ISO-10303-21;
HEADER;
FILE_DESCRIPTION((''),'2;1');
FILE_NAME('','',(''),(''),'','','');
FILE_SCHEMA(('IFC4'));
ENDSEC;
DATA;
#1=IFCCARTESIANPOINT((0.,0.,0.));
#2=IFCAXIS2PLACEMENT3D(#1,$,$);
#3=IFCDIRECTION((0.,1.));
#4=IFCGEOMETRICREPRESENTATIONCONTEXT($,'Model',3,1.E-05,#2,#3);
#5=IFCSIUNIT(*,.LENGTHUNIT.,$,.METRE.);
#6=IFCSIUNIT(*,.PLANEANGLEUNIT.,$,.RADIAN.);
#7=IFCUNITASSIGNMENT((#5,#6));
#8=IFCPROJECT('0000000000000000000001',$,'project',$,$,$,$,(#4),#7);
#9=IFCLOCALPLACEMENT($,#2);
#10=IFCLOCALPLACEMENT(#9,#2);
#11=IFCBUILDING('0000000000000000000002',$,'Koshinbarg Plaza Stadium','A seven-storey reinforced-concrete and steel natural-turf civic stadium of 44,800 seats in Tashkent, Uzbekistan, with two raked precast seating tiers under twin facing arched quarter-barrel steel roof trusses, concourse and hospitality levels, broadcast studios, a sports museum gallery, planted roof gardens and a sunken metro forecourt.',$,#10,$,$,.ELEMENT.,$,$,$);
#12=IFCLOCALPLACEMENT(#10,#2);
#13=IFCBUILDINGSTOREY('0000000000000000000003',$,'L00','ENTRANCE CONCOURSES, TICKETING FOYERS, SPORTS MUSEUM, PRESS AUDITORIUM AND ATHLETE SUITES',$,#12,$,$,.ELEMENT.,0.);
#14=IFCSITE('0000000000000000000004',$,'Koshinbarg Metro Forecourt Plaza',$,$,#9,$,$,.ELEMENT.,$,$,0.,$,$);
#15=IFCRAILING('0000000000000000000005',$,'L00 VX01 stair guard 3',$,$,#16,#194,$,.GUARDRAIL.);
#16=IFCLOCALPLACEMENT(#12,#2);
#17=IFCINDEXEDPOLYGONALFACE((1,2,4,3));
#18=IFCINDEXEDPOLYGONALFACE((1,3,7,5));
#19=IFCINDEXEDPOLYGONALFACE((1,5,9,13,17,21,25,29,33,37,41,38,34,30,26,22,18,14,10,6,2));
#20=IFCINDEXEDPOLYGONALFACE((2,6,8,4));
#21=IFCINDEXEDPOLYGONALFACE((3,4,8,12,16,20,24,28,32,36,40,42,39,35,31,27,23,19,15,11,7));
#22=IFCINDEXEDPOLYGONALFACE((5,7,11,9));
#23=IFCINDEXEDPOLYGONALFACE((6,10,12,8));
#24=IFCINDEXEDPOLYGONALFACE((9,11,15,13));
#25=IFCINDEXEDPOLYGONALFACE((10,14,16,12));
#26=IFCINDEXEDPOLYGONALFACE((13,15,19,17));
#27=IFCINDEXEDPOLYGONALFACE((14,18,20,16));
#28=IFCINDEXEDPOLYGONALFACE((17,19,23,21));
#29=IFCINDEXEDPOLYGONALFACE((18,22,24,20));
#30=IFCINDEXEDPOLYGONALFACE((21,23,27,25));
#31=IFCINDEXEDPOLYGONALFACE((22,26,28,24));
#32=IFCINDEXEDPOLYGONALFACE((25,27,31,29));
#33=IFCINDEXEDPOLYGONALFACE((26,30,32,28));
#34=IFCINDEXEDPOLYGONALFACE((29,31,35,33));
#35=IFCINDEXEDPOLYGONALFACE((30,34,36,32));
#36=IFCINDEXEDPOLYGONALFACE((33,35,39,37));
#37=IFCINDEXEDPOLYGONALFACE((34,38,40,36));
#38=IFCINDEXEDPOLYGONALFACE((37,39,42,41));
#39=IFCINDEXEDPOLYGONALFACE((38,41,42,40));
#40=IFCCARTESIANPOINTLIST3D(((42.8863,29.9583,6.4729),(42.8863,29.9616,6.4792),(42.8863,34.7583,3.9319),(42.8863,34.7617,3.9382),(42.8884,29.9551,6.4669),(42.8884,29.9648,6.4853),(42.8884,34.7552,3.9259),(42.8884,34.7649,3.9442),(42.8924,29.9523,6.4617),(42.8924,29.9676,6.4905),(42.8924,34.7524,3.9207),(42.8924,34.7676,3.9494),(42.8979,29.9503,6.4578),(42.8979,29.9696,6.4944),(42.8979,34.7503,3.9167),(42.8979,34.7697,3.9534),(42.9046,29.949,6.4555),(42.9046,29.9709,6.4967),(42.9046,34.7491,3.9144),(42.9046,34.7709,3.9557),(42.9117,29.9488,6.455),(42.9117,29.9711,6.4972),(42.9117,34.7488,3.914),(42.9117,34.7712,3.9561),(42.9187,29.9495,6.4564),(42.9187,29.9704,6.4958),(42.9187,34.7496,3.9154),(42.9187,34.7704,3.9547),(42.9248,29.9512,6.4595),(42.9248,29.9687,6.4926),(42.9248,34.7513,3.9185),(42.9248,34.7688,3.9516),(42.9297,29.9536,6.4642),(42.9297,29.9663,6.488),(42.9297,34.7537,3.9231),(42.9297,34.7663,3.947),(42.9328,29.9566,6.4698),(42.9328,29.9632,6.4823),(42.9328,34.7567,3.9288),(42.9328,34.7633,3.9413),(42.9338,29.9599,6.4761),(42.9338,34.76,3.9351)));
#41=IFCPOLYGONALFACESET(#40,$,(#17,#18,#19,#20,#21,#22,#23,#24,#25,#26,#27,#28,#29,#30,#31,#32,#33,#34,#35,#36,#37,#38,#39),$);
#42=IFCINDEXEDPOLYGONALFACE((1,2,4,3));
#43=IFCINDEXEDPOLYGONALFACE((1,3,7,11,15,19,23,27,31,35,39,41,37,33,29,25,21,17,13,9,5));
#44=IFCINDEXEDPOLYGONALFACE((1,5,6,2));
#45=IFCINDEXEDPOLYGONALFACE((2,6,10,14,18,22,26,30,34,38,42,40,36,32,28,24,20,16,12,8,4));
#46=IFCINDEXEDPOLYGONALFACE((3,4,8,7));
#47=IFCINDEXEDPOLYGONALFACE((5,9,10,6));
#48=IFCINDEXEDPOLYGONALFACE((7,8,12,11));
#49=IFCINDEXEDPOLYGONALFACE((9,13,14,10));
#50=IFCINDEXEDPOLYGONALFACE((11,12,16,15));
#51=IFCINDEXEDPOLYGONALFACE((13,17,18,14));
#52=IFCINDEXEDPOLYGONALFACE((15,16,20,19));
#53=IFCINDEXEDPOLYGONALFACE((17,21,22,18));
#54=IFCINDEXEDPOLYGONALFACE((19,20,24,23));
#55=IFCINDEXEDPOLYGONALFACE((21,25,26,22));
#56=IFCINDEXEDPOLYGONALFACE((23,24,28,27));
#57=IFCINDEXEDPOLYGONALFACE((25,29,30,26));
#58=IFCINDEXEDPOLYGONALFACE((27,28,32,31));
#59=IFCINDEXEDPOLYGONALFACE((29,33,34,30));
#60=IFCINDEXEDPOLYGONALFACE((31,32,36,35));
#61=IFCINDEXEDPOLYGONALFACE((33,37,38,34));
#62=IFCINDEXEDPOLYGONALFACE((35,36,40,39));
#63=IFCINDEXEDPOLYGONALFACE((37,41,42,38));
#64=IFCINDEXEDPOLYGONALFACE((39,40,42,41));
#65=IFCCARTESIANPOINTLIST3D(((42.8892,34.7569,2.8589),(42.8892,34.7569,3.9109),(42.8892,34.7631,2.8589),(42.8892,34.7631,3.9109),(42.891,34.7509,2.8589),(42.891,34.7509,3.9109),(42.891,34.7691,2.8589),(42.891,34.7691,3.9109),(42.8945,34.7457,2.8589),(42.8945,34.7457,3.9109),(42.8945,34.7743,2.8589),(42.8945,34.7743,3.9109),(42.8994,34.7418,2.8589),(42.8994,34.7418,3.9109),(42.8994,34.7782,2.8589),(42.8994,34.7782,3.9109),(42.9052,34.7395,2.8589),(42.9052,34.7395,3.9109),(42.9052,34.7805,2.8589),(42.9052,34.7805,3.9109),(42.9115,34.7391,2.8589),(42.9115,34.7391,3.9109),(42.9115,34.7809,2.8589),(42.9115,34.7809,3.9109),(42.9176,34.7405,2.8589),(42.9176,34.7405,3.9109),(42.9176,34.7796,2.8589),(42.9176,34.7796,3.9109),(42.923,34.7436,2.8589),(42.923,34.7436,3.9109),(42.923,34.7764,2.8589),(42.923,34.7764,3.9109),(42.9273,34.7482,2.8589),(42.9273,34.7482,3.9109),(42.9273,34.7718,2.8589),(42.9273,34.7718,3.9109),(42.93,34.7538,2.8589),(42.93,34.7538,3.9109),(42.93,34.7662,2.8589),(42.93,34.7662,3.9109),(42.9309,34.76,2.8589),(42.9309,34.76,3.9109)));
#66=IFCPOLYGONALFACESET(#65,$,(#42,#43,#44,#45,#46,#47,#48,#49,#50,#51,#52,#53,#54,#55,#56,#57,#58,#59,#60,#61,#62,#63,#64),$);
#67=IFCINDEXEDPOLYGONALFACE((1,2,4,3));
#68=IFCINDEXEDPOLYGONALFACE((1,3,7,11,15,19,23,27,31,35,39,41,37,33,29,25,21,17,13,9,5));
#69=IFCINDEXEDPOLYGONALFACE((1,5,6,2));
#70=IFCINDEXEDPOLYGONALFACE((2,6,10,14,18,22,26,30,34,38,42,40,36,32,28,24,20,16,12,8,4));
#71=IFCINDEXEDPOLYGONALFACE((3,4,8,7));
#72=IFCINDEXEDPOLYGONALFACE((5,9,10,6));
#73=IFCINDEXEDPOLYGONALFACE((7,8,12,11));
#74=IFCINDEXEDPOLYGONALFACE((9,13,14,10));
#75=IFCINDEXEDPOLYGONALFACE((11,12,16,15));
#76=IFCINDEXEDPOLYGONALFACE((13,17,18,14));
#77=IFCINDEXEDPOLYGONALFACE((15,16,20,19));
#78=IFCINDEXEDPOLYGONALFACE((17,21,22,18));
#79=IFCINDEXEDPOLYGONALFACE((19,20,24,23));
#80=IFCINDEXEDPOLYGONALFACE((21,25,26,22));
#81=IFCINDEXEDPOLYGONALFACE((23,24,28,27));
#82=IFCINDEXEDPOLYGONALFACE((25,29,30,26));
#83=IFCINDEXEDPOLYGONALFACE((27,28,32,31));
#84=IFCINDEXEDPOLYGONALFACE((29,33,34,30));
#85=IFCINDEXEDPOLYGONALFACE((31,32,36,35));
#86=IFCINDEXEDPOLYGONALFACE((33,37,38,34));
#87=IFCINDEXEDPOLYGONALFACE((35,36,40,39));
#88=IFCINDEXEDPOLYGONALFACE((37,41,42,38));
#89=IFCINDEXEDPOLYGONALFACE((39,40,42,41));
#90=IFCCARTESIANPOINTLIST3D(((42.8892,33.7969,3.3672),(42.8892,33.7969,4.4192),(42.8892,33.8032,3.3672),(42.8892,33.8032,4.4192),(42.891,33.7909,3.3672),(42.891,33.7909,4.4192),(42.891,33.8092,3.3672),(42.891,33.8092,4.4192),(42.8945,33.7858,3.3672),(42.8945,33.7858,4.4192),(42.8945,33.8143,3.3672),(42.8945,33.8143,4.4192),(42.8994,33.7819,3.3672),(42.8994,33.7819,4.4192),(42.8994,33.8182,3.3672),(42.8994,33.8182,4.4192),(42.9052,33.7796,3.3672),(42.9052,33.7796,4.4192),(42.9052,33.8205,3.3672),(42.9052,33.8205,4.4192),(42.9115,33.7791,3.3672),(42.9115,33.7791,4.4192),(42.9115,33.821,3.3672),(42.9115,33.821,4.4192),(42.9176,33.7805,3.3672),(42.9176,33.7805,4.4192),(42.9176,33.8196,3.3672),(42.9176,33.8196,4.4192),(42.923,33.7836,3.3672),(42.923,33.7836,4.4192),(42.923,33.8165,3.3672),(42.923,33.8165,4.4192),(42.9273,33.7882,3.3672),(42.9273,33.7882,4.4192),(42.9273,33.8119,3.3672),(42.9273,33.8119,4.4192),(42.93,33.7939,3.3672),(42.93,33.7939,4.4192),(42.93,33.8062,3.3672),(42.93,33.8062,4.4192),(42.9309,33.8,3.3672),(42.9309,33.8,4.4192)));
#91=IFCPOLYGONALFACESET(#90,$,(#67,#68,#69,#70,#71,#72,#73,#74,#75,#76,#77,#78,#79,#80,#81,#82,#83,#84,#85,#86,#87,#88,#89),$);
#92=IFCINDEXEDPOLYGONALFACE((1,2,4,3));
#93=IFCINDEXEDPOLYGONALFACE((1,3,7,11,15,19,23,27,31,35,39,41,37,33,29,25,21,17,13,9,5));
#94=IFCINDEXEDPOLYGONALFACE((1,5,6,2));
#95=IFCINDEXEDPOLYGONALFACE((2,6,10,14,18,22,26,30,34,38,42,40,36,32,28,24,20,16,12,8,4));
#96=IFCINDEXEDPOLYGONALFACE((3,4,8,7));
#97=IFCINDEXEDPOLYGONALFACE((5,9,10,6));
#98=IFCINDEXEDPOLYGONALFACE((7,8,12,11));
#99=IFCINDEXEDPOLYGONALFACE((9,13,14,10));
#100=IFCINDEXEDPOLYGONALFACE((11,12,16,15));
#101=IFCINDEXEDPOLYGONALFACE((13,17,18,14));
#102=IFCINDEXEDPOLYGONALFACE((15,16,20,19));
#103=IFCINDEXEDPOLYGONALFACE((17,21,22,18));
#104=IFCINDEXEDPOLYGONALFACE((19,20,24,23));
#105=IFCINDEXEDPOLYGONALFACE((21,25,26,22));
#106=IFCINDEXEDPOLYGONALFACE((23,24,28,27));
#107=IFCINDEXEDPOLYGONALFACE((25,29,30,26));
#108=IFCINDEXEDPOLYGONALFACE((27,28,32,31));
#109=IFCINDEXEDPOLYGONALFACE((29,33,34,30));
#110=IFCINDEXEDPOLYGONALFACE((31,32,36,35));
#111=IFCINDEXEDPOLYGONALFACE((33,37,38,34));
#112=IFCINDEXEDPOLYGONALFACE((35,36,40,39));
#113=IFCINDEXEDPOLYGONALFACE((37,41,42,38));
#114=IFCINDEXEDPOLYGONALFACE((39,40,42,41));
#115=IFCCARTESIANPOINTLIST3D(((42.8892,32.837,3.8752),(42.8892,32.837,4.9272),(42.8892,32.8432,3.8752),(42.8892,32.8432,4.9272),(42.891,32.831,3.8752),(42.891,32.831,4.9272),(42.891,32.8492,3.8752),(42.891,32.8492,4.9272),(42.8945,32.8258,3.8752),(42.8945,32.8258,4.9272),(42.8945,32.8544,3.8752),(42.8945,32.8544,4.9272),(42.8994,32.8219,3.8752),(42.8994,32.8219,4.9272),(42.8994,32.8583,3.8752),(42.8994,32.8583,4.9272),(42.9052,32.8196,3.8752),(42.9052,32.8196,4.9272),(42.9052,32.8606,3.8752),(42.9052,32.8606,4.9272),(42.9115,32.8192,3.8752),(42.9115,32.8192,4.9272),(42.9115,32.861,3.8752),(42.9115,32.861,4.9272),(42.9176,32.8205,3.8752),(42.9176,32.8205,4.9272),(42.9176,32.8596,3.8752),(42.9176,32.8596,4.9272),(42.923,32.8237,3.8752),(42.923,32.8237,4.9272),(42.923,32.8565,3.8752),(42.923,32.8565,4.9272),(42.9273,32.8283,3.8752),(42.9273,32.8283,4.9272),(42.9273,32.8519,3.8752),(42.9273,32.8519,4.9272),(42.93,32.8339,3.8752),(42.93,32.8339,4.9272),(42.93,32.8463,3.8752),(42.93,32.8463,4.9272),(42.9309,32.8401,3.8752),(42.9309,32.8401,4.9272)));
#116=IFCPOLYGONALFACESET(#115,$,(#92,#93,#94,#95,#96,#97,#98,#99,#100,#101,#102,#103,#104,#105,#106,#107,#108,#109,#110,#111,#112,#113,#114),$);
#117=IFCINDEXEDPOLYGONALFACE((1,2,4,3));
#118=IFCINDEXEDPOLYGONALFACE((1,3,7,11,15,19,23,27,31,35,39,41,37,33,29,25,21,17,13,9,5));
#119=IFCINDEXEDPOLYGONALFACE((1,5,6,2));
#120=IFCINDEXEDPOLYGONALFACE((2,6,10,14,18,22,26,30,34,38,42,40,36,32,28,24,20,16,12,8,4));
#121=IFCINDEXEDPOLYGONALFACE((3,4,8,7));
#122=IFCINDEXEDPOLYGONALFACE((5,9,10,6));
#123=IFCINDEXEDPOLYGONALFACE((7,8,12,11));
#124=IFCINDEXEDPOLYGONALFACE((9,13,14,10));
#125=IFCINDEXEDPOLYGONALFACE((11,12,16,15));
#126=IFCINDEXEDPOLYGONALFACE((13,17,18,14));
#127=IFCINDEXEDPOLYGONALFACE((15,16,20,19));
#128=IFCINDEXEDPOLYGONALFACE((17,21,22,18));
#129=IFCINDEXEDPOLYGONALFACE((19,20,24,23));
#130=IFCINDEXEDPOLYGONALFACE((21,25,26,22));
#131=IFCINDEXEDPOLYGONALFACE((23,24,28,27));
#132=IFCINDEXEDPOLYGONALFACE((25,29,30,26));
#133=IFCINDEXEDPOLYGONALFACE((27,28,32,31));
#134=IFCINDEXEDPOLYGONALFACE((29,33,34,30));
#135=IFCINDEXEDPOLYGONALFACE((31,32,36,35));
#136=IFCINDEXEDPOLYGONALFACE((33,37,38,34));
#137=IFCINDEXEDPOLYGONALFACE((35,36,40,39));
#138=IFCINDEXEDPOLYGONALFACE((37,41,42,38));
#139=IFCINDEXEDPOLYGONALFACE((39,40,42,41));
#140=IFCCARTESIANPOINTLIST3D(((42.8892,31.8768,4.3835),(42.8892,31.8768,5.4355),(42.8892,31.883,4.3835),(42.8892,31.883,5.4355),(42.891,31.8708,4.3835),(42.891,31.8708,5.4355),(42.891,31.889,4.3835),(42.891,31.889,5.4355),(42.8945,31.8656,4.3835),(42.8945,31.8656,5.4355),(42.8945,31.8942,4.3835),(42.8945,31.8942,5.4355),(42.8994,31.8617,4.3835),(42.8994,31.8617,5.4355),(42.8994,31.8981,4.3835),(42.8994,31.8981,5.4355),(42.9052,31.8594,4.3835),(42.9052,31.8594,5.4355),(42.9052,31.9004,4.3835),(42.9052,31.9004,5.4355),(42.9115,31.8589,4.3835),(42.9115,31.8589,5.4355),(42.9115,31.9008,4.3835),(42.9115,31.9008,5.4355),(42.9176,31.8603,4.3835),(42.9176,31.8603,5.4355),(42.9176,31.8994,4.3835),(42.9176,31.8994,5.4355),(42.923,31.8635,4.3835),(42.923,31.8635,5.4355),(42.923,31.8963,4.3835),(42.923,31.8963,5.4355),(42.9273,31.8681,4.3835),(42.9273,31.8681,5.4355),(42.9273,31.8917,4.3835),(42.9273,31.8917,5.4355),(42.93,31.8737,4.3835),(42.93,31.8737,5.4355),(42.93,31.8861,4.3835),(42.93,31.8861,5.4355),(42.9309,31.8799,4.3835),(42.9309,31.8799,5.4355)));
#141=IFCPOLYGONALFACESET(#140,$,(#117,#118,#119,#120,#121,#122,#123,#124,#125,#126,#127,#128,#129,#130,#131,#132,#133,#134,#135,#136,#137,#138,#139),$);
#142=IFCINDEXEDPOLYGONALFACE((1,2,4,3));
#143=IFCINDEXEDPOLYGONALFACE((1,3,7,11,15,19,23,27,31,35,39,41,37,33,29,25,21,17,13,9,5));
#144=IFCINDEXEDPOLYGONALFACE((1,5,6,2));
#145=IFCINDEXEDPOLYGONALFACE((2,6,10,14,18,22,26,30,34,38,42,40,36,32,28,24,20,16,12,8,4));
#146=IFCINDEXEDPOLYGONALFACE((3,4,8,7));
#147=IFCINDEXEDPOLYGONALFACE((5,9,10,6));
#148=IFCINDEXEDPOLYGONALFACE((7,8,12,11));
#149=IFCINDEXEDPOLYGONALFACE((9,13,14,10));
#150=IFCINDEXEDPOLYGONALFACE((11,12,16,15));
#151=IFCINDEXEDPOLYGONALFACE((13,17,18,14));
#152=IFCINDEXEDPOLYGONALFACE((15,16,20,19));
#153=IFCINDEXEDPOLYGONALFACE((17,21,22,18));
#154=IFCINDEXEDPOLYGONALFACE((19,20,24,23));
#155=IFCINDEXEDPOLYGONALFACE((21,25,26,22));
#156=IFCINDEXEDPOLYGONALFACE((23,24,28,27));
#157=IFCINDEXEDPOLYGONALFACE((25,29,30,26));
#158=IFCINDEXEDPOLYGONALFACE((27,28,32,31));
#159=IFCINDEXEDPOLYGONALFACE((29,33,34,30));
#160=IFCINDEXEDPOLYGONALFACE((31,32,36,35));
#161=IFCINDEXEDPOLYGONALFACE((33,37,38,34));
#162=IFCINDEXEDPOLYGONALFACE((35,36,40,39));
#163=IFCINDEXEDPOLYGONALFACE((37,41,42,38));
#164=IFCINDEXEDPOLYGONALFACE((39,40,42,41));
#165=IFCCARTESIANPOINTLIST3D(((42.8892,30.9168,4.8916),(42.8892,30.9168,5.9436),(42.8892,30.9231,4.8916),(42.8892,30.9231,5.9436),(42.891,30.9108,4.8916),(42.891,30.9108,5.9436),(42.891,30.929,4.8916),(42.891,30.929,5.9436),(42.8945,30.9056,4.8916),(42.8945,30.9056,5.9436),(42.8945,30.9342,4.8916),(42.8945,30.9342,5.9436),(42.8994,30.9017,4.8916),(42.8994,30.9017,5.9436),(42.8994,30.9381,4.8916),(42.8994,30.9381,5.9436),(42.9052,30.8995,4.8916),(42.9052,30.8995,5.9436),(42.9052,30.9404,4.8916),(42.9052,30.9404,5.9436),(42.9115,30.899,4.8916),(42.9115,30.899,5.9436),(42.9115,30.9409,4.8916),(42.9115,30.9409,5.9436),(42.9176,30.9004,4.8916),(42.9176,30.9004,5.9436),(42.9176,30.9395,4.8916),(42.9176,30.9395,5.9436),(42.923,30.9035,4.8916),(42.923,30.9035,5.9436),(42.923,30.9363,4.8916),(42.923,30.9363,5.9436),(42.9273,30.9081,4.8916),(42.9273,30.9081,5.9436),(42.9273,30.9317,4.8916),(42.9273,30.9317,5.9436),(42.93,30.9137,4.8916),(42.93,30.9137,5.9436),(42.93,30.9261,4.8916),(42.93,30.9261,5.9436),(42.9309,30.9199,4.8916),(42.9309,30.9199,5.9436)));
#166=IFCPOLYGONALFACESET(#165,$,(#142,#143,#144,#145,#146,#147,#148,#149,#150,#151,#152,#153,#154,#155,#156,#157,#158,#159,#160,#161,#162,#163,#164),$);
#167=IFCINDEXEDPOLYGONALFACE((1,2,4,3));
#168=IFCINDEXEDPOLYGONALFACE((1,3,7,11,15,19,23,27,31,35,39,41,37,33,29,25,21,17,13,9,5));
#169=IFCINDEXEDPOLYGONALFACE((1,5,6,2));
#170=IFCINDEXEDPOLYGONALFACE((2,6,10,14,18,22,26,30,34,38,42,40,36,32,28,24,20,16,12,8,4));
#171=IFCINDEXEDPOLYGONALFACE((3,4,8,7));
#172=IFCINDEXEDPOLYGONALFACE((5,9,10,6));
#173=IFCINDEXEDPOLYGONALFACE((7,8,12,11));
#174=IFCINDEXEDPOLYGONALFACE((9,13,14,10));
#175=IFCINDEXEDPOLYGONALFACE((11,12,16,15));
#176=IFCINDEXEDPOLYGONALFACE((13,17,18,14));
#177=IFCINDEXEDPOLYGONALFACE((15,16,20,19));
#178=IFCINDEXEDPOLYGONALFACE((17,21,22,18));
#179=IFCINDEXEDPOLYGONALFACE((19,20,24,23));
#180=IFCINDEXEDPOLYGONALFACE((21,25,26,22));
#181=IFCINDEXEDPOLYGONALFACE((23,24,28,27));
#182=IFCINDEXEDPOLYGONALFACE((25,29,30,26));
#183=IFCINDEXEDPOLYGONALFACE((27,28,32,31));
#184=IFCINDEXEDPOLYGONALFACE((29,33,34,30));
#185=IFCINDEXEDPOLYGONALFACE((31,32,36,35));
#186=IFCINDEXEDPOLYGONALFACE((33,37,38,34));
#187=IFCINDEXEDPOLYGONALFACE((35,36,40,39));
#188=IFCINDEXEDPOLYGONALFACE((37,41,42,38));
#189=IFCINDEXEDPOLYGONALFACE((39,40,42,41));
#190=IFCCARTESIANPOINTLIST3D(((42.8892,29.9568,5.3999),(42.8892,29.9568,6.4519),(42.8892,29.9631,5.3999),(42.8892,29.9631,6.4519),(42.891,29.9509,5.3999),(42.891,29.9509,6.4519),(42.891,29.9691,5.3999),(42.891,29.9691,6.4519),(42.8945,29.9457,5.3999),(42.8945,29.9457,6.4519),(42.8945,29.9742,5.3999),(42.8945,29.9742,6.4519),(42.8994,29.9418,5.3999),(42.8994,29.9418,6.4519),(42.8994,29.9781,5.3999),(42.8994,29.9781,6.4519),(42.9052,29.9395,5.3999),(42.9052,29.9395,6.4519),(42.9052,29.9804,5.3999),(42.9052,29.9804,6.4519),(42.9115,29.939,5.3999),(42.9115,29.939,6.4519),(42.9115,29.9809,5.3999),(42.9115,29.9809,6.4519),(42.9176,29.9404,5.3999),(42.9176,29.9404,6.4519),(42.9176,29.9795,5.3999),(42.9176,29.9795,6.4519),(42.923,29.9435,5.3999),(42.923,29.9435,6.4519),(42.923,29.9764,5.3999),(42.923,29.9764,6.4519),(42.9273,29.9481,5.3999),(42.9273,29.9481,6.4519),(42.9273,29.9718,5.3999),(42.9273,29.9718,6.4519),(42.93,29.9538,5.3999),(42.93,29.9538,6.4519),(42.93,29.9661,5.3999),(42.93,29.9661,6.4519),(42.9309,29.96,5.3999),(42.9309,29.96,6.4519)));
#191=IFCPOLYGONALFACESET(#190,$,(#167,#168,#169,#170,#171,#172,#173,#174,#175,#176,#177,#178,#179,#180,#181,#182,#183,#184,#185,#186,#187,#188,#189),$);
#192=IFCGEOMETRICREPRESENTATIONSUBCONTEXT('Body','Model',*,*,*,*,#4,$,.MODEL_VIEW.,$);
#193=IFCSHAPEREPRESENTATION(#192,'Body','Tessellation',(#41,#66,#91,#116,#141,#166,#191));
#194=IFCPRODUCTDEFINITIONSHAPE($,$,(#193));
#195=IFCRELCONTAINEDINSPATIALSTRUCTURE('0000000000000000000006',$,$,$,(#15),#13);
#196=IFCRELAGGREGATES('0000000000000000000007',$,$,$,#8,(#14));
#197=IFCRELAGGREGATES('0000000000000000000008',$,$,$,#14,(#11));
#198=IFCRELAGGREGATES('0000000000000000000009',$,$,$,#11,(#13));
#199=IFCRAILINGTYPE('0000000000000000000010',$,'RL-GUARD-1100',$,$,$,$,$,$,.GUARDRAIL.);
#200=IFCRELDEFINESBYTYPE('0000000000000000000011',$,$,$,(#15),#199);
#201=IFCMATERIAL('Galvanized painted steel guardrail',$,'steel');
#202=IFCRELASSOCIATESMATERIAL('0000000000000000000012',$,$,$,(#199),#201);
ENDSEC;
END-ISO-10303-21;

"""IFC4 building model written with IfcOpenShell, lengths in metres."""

from ifc_helpers import new_model, si_unit, direction, frame, origin, origin_2d, place, context, subcontext, project, spatial, circle, extrude, material, type_object, element, save


model = new_model("IFC4")

# Units and contexts
model_context = context("Model", 3, precision=1e-05, world=origin(), true_north=direction((0.0, 1.0)))
body_context = subcontext(model_context, "Body", "Model", "MODEL_VIEW")
ifc_project = project(units=[si_unit("LENGTHUNIT", "METRE"), si_unit("PLANEANGLEUNIT", "RADIAN")], contexts=[model_context])

# Site, building, storey
site_placement = place(None, origin())
site = spatial("IfcSite", under=ifc_project, at=site_placement, Name="Koshinbarg Metro Forecourt Plaza", CompositionType="ELEMENT", RefElevation=0.0)
building_placement = place(site_placement, origin())
building = spatial("IfcBuilding", under=site, at=building_placement, Name="Koshinbarg Plaza Stadium", Description="A seven-storey reinforced-concrete and steel natural-turf civic stadium of 44,800 seats in Tashkent, Uzbekistan, with two raked precast seating tiers under twin facing arched quarter-barrel steel roof trusses, concourse and hospitality levels, broadcast studios, a sports museum gallery, planted roof gardens and a sunken metro forecourt.", CompositionType="ELEMENT")
storey_placement = place(building_placement, origin())
storey = spatial("IfcBuildingStorey", under=building, at=storey_placement, Name="L00", Description="ENTRANCE CONCOURSES, TICKETING FOYERS, SPORTS MUSEUM, PRESS AUDITORIUM AND ATHLETE SUITES", CompositionType="ELEMENT", Elevation=0.0)

# Railing
ifc_material_1 = material(Name="Galvanized painted steel guardrail", Category="steel")
railing_type_1 = type_object("IfcRailingType", Name="RL-GUARD-1100", PredefinedType="GUARDRAIL", material=ifc_material_1)
railing_1_placement = place(storey_placement, frame((42.9099, 34.76, 2.8589)))
element("IfcRailing", 1, at=railing_1_placement, inside=storey, type_object=railing_type_1, Name="L00 VX01 stair guard 3", PredefinedType="GUARDRAIL", context=body_context, shape_type="SweptSolid", body=[
    extrude(circle(Radius=0.0239, at=origin_2d()), frame((0.0, 0.0, 1.0762), z_axis=(0.0, -0.883802, 0.467861), x_axis=(1.0, 0.0, 0.0)), (0.0, 0.0, 1.0), 5.4312),
    extrude(circle(Radius=0.021, at=origin_2d()), origin(), (0.0, 0.0, 1.0), 1.052),
    extrude(circle(Radius=0.021, at=origin_2d()), frame((0.0, -0.96, 0.5083)), (0.0, 0.0, 1.0), 1.052),
    extrude(circle(Radius=0.021, at=origin_2d()), frame((0.0, -1.9199, 1.0164)), (0.0, 0.0, 1.0), 1.052),
    extrude(circle(Radius=0.021, at=origin_2d()), frame((0.0, -2.8801, 1.5247)), (0.0, 0.0, 1.0), 1.052),
    extrude(circle(Radius=0.021, at=origin_2d()), frame((0.0, -3.8401, 2.0327)), (0.0, 0.0, 1.0), 1.052),
    extrude(circle(Radius=0.021, at=origin_2d()), frame((0.0, -4.8, 2.541)), (0.0, 0.0, 1.0), 1.052),
])

save(model, "model.ifc")
